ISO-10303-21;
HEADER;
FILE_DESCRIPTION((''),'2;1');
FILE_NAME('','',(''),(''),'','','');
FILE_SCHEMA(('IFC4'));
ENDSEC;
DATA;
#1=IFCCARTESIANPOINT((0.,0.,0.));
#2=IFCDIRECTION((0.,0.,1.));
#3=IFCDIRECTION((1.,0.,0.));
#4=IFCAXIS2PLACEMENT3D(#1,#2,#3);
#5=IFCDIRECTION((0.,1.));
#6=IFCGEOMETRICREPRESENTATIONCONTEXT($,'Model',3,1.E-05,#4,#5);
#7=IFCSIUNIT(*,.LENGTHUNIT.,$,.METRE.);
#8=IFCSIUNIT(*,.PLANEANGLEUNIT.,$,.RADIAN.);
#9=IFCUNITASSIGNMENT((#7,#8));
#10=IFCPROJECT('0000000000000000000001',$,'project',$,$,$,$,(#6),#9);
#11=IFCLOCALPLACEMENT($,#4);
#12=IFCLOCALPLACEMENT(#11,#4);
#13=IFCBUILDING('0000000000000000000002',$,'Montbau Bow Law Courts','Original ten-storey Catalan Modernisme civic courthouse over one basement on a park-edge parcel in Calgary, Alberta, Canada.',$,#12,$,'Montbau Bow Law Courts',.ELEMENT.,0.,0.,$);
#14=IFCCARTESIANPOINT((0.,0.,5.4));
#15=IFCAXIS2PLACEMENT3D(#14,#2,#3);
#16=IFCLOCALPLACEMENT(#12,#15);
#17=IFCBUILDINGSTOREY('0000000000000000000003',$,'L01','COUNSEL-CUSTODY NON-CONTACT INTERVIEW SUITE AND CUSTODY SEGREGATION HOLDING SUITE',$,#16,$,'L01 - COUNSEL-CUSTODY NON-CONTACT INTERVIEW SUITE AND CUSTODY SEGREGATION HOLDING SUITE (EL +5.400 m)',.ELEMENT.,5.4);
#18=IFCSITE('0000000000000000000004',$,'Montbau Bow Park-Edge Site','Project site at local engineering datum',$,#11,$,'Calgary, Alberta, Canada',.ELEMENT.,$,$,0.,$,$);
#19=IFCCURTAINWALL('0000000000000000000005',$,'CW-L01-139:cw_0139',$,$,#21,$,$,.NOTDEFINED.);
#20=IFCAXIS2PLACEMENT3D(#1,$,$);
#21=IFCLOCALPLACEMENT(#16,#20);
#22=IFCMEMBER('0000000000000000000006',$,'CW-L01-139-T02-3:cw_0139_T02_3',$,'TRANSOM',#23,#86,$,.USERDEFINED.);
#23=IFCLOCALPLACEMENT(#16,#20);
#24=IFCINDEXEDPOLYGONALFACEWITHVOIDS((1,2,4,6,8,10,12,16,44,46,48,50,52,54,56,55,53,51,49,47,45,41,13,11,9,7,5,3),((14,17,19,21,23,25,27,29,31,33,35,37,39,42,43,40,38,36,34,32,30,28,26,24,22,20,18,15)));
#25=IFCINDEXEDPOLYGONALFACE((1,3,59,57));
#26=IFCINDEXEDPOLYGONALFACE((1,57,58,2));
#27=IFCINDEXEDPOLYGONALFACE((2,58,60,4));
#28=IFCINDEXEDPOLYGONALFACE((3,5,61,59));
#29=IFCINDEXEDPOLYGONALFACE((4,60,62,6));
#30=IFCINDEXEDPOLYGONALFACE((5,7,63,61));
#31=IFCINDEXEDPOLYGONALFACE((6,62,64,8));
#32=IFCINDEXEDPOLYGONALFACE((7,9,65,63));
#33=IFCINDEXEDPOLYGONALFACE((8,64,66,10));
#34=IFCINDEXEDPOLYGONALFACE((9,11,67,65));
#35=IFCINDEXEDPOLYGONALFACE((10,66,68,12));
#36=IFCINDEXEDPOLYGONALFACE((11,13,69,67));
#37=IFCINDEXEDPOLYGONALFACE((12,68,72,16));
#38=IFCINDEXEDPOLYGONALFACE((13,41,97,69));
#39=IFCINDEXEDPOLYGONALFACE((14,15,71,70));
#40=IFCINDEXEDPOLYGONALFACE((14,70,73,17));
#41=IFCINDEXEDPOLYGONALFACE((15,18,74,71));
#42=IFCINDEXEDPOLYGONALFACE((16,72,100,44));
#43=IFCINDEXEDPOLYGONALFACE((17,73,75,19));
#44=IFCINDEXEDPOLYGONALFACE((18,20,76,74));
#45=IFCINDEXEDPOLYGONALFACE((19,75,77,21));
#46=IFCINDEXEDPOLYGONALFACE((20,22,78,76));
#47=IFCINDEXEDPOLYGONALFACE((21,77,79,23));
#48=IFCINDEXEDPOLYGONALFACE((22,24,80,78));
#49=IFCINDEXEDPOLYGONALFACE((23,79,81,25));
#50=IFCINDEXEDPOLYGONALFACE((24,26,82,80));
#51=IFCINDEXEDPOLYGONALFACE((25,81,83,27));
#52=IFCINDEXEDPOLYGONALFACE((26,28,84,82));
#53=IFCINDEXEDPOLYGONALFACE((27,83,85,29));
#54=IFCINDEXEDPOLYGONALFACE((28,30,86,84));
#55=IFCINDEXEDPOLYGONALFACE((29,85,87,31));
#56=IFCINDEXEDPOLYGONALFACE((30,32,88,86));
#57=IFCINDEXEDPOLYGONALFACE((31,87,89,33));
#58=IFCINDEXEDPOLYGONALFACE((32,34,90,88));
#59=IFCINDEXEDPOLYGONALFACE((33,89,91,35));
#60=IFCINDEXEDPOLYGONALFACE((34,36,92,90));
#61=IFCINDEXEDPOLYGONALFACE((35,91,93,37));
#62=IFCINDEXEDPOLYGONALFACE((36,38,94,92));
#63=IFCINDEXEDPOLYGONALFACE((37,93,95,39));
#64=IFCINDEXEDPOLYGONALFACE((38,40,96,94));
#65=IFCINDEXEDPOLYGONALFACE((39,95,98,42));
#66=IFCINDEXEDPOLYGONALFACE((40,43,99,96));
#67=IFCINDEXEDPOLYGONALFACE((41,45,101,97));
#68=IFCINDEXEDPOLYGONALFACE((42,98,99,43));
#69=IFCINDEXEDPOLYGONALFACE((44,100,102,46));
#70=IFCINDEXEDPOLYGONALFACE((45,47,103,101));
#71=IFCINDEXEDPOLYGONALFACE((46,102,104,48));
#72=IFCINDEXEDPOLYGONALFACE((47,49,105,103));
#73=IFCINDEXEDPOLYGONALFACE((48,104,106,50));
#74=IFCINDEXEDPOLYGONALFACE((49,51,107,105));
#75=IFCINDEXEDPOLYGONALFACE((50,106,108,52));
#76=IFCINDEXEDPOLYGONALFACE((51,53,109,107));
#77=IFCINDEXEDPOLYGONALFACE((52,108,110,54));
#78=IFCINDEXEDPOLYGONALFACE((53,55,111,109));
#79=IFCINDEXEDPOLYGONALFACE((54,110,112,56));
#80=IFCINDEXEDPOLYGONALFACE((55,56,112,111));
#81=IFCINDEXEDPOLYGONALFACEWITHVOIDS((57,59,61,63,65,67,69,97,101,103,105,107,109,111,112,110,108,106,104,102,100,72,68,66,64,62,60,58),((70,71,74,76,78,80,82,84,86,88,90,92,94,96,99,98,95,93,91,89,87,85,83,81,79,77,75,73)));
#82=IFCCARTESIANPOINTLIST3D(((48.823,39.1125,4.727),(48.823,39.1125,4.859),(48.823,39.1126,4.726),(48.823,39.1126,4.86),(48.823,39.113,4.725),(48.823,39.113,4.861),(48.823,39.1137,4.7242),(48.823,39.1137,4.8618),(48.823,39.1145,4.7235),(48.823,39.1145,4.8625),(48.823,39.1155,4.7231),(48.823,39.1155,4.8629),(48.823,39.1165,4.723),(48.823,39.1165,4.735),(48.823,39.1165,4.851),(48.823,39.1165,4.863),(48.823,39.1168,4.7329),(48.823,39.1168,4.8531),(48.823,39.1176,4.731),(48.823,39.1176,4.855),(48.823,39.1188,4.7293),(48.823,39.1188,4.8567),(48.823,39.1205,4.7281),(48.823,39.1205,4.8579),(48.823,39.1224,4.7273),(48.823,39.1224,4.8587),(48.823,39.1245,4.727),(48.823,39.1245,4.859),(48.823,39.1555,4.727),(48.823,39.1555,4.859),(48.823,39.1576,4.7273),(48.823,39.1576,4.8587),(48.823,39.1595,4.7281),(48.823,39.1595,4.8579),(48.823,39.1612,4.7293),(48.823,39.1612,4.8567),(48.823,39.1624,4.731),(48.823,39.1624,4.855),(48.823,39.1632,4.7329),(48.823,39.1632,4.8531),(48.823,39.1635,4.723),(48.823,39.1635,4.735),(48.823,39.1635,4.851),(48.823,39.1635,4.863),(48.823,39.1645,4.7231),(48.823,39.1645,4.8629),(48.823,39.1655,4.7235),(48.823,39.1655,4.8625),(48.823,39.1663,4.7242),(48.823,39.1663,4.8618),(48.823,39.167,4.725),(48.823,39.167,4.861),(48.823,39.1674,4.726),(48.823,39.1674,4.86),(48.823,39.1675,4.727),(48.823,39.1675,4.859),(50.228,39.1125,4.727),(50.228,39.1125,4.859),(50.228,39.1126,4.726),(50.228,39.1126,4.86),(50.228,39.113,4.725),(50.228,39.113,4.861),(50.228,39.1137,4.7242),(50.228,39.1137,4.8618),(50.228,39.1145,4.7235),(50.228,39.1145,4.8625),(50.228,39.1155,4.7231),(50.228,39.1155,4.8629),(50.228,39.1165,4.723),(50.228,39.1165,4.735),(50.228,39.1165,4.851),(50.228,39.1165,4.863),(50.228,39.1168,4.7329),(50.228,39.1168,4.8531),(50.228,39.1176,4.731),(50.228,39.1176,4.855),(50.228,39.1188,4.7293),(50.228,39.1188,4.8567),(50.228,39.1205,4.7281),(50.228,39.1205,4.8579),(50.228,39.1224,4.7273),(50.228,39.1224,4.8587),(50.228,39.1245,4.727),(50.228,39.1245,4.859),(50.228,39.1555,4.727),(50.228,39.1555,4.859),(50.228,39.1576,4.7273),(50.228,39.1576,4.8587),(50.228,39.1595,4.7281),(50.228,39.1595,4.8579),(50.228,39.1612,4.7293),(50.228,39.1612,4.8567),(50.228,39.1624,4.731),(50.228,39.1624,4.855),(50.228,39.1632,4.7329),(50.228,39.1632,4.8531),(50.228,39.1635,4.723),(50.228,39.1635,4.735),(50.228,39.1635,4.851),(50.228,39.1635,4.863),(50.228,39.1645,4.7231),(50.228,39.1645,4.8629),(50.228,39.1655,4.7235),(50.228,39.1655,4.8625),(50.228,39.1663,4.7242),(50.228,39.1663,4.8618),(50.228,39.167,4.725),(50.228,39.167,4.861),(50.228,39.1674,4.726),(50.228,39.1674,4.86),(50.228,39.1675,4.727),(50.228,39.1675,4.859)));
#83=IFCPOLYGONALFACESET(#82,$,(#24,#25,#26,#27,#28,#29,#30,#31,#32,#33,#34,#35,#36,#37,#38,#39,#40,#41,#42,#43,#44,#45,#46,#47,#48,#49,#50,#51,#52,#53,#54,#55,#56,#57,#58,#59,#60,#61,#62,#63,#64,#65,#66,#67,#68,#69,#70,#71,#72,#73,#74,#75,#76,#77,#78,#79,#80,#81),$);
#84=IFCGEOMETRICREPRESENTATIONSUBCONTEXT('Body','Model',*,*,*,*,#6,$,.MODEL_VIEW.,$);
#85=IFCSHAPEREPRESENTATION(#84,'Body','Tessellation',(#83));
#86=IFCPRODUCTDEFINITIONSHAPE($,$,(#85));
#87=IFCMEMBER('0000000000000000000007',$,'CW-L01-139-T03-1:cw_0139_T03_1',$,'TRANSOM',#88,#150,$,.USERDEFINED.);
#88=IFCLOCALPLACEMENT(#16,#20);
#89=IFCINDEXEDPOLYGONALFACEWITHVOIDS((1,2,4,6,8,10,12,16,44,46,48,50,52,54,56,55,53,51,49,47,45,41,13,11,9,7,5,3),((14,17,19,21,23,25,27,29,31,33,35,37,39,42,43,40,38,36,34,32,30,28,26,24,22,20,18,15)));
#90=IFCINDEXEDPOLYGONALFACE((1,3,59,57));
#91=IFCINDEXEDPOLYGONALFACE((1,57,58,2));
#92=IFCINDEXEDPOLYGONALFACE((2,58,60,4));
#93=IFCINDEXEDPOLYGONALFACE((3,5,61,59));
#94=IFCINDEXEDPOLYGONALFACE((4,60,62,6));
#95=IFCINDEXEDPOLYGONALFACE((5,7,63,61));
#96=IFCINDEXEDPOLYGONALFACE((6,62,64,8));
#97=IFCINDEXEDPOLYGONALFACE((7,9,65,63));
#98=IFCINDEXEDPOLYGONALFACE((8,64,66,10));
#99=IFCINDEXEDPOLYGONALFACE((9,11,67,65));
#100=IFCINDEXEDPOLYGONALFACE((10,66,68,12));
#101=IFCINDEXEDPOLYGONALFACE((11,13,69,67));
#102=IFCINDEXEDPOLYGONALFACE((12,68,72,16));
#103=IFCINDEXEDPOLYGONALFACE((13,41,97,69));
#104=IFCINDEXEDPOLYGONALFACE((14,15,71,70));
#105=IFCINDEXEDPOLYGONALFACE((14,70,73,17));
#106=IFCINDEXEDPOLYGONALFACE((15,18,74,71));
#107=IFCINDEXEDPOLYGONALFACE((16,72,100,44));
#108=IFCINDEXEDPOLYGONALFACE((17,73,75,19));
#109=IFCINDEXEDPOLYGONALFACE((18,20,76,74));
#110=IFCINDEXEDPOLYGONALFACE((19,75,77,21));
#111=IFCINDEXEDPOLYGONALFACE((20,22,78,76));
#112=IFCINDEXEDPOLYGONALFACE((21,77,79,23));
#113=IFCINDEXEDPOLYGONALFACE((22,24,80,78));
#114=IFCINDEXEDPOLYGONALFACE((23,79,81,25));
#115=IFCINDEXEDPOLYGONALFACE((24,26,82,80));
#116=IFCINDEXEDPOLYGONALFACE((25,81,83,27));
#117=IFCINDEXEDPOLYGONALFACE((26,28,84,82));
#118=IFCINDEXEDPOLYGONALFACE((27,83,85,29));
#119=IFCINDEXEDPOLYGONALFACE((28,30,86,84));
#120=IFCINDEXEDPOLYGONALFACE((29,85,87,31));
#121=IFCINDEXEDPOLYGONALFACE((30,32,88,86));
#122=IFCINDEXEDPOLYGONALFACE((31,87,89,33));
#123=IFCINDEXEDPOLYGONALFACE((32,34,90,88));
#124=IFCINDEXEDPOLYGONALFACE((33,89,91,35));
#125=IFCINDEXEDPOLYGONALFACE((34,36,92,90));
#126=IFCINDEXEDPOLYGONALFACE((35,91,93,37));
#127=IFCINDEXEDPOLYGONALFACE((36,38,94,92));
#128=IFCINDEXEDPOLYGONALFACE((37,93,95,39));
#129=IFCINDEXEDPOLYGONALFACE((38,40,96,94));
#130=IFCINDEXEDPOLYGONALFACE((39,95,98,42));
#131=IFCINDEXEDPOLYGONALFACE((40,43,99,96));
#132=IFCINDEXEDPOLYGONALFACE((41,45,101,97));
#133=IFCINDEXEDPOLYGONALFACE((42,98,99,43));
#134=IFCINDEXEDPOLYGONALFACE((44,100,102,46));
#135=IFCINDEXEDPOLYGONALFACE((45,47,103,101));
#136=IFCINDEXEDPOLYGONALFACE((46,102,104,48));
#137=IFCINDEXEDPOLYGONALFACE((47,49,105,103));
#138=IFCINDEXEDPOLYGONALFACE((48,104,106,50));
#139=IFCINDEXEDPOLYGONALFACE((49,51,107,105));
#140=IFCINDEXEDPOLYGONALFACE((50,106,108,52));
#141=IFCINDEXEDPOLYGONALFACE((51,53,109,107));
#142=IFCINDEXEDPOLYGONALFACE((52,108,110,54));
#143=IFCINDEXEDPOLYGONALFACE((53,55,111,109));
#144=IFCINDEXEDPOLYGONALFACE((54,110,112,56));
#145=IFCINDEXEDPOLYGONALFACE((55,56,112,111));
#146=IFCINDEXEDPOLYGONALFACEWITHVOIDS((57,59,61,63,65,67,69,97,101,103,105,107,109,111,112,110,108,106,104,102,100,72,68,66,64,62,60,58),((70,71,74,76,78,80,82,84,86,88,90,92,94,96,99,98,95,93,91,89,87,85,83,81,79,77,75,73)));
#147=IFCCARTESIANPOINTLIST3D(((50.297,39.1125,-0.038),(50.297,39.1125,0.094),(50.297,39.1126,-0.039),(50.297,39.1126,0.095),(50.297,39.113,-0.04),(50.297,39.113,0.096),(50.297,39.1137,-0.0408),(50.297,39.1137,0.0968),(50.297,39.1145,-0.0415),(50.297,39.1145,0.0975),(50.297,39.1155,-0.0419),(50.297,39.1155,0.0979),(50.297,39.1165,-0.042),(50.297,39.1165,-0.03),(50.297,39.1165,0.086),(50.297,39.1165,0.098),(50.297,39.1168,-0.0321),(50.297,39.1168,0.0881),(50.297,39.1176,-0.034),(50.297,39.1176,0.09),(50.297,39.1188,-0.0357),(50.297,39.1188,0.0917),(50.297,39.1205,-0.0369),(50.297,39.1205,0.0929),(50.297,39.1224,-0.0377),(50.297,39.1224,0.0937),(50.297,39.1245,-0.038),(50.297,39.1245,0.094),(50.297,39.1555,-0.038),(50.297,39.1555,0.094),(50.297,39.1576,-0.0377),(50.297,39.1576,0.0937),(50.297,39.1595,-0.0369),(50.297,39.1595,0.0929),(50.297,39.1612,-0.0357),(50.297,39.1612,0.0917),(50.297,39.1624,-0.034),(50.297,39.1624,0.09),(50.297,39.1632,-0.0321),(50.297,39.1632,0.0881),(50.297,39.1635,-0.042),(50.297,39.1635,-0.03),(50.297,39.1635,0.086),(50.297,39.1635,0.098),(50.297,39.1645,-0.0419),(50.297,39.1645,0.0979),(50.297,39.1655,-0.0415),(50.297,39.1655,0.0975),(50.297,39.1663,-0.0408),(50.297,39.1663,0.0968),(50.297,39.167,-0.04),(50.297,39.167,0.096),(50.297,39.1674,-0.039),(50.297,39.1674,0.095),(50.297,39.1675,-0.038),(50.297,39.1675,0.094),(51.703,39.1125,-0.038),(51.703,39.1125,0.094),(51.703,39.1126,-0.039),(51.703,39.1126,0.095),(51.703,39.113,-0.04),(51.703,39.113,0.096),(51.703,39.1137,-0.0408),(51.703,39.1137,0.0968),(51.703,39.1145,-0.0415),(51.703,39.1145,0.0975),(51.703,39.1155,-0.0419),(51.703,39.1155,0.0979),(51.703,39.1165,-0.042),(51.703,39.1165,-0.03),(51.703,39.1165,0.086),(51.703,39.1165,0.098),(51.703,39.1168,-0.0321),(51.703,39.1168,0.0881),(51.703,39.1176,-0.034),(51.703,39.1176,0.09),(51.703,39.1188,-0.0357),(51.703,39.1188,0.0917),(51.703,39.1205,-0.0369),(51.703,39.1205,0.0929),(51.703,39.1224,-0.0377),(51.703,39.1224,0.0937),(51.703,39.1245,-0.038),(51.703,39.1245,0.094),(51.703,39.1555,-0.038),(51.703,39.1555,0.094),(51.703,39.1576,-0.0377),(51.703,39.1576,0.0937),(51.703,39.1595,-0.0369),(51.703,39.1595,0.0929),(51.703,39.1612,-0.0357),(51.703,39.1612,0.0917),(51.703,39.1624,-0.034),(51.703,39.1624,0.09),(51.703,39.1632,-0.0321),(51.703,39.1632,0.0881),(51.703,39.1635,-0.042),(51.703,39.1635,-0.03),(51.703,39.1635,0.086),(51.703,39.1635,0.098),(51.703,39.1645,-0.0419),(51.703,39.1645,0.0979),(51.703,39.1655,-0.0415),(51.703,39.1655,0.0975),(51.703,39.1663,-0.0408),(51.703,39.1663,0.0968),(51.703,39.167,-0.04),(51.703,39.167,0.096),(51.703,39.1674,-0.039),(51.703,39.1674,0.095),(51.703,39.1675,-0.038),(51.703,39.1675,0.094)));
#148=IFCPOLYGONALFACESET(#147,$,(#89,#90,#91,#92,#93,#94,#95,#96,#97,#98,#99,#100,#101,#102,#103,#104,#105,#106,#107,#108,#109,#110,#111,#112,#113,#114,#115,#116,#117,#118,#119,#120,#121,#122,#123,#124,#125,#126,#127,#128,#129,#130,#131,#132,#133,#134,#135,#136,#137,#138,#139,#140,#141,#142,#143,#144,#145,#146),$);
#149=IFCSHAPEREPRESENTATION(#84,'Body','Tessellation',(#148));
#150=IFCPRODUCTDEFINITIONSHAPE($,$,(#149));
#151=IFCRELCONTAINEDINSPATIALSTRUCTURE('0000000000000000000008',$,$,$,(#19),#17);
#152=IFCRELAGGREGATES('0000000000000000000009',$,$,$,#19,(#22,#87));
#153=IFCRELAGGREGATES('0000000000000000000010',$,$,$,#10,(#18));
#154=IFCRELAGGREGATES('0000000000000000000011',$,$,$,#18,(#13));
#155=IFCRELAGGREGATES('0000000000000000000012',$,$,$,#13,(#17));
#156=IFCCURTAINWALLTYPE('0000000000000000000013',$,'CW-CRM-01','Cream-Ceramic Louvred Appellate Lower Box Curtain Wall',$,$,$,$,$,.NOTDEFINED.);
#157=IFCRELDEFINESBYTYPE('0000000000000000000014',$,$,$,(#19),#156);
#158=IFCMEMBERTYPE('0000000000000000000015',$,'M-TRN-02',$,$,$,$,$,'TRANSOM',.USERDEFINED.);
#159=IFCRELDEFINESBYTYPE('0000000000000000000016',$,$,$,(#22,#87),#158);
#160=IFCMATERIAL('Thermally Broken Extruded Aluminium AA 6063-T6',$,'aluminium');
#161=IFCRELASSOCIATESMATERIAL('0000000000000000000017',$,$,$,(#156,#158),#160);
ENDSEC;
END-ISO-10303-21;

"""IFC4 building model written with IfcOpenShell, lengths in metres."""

from ifc_helpers import new_model, si_unit, direction, frame, origin_with_axes, origin_2d_with_axis, place, context, subcontext, project, spatial, hollow_rectangle, extrude, material, material_profile, profile_set, type_object, element, aggregate, save


model = new_model("IFC4")

# Units and contexts
model_context = context("Model", 3, precision=1e-05, world=origin_with_axes(), true_north=direction((0.0, 1.0)))
body_context = subcontext(model_context, "Body", "Model", "MODEL_VIEW")
ifc_project = project(units=[si_unit("LENGTHUNIT", "METRE"), si_unit("PLANEANGLEUNIT", "RADIAN")], contexts=[model_context])

# Site, building, storey
site_placement = place(None, origin_with_axes())
site = spatial("IfcSite", under=ifc_project, at=site_placement, Name="Montbau Bow Park-Edge Site", Description="Project site at local engineering datum", LongName="Calgary, Alberta, Canada", CompositionType="ELEMENT", RefElevation=0.0)
building_placement = place(site_placement, origin_with_axes())
building = spatial("IfcBuilding", under=site, at=building_placement, Name="Montbau Bow Law Courts", Description="Original ten-storey Catalan Modernisme civic courthouse over one basement on a park-edge parcel in Calgary, Alberta, Canada.", LongName="Montbau Bow Law Courts", CompositionType="ELEMENT", ElevationOfRefHeight=0.0, ElevationOfTerrain=0.0)
storey_placement = place(building_placement, frame((0.0, 0.0, 5.4), z_axis=(0.0, 0.0, 1.0), x_axis=(1.0, 0.0, 0.0)))
storey = spatial("IfcBuildingStorey", under=building, at=storey_placement, Name="L01", Description="COUNSEL-CUSTODY NON-CONTACT INTERVIEW SUITE AND CUSTODY SEGREGATION HOLDING SUITE", LongName="L01 - COUNSEL-CUSTODY NON-CONTACT INTERVIEW SUITE AND CUSTODY SEGREGATION HOLDING SUITE (EL +5.400 m)", CompositionType="ELEMENT", Elevation=5.4)

# Curtain wall, members
ifc_material_1 = material(Name="Thermally Broken Extruded Aluminium AA 6063-T6", Category="aluminium")
curtain_wall_type = type_object("IfcCurtainWallType", Name="CW-CRM-01", Description="Cream-Ceramic Louvred Appellate Lower Box Curtain Wall", PredefinedType="NOTDEFINED", material=ifc_material_1)
curtain_wall_placement = place(None, frame((47.315, 39.14, 5.4), z_axis=(0.0, 0.0, 1.0), x_axis=(1.0, 0.0, 0.0)))
curtain_wall = element("IfcCurtainWall", 1, at=curtain_wall_placement, inside=storey, type_object=curtain_wall_type, Name="CW-L01-139:cw_0139", PredefinedType="NOTDEFINED")
ifc_material_profile_1 = material_profile(ifc_material_1, hollow_rectangle(XDim=0.055, YDim=0.14, WallThickness=0.004, InnerFilletRadius=0.008, OuterFilletRadius=0.004, at=origin_2d_with_axis()), Name="CWT-140X55", Category="Main", Priority=0)
ifc_profile_set_1 = profile_set([ifc_material_profile_1], Name="Thermally Broken Extruded Aluminium AA 6063-T6")
member_type_1 = type_object("IfcMemberType", Name="M-TRN-02", ElementType="TRANSOM", PredefinedType="USERDEFINED", material=ifc_profile_set_1)
member_1_placement = place(None, frame((48.823, 39.14, 10.193), z_axis=(1.0, 0.0, 0.0), x_axis=(0.0, 1.0, 0.0)))
member_1 = element("IfcMember", 2, at=member_1_placement, type_object=member_type_1, Name="CW-L01-139-T02-3:cw_0139_T02_3", ObjectType="TRANSOM", PredefinedType="USERDEFINED", context=body_context, shape_type="SweptSolid", body=[
    extrude(hollow_rectangle(XDim=0.055, YDim=0.14, WallThickness=0.004, InnerFilletRadius=0.008, OuterFilletRadius=0.004, at=origin_2d_with_axis()), origin_with_axes(), (0.0, 0.0, 1.0), 1.405),
])
member_2_placement = place(None, frame((50.297, 39.14, 5.428), z_axis=(1.0, 0.0, 0.0), x_axis=(0.0, 1.0, 0.0)))
member_2 = element("IfcMember", 3, at=member_2_placement, type_object=member_type_1, Name="CW-L01-139-T03-1:cw_0139_T03_1", ObjectType="TRANSOM", PredefinedType="USERDEFINED", context=body_context, shape_type="SweptSolid", body=[
    extrude(hollow_rectangle(XDim=0.055, YDim=0.14, WallThickness=0.004, InnerFilletRadius=0.008, OuterFilletRadius=0.004, at=origin_2d_with_axis()), origin_with_axes(), (0.0, 0.0, 1.0), 1.406),
])
aggregate(curtain_wall, [member_1, member_2])

save(model, "model.ifc")
